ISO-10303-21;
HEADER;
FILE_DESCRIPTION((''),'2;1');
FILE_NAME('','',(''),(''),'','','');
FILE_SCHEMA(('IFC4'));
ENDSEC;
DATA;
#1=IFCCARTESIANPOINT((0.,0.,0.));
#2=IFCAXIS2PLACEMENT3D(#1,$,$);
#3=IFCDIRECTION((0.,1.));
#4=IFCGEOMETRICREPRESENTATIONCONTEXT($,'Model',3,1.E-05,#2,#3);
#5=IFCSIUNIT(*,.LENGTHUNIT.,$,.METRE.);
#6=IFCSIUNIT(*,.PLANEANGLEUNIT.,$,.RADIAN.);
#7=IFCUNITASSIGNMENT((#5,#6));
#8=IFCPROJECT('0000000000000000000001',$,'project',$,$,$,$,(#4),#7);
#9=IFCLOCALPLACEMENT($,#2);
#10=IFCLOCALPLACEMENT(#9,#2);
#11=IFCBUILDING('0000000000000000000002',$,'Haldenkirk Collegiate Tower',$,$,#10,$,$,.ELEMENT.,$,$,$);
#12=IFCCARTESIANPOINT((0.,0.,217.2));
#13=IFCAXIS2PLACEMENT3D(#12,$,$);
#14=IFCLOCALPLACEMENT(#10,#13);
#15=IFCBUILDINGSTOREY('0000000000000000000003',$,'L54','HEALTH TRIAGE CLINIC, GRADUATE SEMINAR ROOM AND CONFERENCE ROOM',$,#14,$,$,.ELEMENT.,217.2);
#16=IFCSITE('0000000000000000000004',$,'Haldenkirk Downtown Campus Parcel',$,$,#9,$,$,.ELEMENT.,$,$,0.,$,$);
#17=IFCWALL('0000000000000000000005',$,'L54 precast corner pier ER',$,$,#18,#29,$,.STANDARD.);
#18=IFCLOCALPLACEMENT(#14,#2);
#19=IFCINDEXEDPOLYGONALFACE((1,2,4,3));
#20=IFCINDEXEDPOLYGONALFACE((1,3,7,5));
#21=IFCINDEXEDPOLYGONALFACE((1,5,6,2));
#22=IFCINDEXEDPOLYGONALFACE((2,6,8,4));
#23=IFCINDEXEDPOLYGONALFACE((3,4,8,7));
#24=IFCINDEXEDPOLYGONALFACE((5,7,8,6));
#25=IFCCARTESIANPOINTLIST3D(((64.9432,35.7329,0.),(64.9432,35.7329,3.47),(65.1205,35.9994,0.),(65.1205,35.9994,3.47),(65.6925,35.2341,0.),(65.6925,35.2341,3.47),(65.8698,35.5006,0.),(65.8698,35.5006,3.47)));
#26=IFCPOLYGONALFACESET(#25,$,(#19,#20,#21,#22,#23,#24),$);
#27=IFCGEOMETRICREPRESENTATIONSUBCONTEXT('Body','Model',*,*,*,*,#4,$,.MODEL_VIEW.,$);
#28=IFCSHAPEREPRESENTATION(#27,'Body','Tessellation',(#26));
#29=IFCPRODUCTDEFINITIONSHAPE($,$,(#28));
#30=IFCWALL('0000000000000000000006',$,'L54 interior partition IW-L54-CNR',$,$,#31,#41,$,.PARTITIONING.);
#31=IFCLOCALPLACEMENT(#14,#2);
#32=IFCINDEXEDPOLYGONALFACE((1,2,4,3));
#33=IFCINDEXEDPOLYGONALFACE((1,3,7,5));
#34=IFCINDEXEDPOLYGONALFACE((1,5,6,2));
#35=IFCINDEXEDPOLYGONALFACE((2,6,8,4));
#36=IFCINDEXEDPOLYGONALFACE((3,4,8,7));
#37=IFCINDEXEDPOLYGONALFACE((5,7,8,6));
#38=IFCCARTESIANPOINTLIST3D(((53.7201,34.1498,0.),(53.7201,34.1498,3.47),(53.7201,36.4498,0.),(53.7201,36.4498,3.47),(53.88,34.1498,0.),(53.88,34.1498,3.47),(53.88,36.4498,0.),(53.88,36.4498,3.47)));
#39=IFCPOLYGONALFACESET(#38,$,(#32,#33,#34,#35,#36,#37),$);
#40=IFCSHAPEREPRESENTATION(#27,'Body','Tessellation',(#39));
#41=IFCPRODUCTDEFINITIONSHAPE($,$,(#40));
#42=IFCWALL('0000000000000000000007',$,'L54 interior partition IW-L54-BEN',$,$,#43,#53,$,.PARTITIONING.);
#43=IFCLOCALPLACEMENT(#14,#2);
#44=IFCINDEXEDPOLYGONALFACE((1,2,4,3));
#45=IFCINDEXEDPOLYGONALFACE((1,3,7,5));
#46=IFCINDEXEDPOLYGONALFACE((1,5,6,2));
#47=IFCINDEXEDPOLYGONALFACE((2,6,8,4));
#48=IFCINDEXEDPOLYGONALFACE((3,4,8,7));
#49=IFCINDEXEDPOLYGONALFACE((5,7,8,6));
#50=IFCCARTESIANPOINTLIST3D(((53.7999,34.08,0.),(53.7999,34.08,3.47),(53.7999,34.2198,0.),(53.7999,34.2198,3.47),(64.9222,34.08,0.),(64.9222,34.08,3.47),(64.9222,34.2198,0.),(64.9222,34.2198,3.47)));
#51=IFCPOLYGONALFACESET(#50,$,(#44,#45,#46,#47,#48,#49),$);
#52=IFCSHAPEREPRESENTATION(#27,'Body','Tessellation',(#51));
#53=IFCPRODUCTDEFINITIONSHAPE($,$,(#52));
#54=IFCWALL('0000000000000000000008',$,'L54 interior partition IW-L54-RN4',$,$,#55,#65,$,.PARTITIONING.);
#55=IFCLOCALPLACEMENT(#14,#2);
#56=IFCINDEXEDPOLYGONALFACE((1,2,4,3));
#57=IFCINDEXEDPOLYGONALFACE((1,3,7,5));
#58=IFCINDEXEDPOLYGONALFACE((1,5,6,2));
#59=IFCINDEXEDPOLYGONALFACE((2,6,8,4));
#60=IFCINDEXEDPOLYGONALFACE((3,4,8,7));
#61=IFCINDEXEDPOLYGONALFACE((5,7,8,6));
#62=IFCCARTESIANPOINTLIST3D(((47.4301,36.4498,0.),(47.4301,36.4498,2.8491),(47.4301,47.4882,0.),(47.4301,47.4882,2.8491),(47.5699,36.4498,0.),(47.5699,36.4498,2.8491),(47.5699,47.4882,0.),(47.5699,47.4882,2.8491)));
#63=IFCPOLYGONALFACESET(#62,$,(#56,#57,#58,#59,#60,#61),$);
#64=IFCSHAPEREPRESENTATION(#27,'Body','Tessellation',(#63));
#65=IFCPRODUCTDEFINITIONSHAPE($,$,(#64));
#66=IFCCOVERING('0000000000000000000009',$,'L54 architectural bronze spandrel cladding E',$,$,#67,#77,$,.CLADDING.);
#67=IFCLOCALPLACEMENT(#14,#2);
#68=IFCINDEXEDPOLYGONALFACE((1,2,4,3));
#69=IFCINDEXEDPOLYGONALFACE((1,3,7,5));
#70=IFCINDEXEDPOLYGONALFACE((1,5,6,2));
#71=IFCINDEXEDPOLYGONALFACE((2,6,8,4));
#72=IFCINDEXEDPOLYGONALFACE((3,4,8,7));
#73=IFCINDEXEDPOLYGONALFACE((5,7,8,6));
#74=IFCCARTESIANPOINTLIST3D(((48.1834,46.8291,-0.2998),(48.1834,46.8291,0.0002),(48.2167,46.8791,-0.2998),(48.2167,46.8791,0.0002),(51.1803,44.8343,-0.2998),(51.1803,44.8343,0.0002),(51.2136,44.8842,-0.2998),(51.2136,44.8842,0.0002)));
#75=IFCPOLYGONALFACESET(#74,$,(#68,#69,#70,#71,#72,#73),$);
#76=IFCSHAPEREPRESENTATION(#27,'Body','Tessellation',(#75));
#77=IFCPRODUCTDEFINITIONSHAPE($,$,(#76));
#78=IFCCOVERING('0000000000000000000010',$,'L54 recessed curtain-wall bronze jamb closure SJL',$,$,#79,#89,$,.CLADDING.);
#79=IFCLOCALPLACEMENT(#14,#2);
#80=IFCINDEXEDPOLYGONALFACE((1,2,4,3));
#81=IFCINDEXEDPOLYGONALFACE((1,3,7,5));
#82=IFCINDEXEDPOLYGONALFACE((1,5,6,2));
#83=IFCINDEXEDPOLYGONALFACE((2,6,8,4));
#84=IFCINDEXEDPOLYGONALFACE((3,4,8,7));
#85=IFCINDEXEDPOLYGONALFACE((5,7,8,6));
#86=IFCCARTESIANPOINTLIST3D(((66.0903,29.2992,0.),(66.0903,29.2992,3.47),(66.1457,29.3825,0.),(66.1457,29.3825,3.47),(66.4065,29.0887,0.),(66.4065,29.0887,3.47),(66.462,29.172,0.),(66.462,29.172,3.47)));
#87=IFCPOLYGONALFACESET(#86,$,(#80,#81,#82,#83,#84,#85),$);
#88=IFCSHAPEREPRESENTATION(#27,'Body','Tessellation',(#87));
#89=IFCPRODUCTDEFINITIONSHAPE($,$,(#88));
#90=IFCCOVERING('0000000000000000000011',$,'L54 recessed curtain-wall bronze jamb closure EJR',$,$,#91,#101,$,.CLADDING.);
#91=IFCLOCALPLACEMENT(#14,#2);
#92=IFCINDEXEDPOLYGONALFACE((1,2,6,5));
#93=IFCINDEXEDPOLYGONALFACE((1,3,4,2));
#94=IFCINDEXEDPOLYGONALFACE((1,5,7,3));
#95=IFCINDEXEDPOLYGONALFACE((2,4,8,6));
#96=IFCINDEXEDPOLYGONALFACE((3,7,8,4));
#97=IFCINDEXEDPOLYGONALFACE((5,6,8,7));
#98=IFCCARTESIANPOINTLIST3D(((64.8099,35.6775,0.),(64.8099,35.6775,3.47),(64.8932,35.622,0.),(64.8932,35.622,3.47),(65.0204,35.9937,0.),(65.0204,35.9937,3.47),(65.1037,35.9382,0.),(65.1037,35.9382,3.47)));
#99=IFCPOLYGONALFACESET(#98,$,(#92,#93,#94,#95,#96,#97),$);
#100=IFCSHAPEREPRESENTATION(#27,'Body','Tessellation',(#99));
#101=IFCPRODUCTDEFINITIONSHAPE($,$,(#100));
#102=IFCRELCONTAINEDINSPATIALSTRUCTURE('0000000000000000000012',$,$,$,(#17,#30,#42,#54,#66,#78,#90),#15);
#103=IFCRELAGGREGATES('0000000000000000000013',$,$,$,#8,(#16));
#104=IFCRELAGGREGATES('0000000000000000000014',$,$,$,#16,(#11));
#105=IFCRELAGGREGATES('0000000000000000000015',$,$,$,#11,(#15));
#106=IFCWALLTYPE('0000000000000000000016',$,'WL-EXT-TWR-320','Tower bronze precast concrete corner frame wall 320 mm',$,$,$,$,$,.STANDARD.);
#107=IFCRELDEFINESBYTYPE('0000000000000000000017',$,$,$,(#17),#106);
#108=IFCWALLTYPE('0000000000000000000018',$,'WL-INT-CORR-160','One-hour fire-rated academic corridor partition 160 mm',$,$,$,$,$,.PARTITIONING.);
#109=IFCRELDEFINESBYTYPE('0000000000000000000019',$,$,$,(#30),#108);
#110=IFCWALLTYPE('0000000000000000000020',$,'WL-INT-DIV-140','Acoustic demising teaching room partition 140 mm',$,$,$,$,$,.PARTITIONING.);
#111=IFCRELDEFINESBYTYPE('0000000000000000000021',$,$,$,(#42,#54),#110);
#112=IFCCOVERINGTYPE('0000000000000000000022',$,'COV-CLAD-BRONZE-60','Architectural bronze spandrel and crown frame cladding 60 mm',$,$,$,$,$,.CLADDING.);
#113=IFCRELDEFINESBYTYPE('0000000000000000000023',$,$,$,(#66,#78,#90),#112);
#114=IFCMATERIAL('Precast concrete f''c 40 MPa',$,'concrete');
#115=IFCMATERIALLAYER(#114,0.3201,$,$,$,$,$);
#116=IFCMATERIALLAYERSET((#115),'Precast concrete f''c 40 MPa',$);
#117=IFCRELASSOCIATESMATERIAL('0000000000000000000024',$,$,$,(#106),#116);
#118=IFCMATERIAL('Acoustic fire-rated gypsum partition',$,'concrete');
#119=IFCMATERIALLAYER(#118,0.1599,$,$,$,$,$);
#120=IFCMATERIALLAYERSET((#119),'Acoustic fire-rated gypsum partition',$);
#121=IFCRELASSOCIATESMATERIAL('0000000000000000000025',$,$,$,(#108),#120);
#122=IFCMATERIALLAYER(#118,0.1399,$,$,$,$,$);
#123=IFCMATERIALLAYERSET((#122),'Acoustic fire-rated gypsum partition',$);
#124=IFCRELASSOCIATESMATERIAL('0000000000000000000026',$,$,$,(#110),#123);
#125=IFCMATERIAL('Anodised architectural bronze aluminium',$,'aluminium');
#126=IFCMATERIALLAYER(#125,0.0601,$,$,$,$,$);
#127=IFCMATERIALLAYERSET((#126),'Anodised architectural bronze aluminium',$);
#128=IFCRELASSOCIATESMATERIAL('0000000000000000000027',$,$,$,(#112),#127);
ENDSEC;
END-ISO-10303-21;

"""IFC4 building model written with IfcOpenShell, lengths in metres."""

from ifc_helpers import new_model, si_unit, direction, frame, frame_2d, origin, origin_2d, place, context, subcontext, project, spatial, rectangle, extrude, source, transform, mapped, material, layer, layer_set, type_object, element, save


model = new_model("IFC4")

# Units and contexts
model_context = context("Model", 3, precision=1e-05, world=origin(), true_north=direction((0.0, 1.0)))
body_context = subcontext(model_context, "Body", "Model", "MODEL_VIEW")
ifc_project = project(units=[si_unit("LENGTHUNIT", "METRE"), si_unit("PLANEANGLEUNIT", "RADIAN")], contexts=[model_context])

# Site, building, storey
site_placement = place(None, origin())
site = spatial("IfcSite", under=ifc_project, at=site_placement, Name="Haldenkirk Downtown Campus Parcel", CompositionType="ELEMENT", RefElevation=0.0)
building_placement = place(site_placement, origin())
building = spatial("IfcBuilding", under=site, at=building_placement, Name="Haldenkirk Collegiate Tower", CompositionType="ELEMENT")
storey_placement = place(building_placement, frame((0.0, 0.0, 217.2)))
storey = spatial("IfcBuildingStorey", under=building, at=storey_placement, Name="L54", Description="HEALTH TRIAGE CLINIC, GRADUATE SEMINAR ROOM AND CONFERENCE ROOM", CompositionType="ELEMENT", Elevation=217.2)

# Shared definitions
ifc_material_1 = material(Name="Anodised architectural bronze aluminium", Category="aluminium")

# Walls
ifc_material_2 = material(Name="Precast concrete f'c 40 MPa", Category="concrete")
ifc_layer_1 = layer(ifc_material_2, 0.3201)
ifc_layer_set_1 = layer_set([ifc_layer_1], Name="Precast concrete f'c 40 MPa")
wall_type_1 = type_object("IfcWallType", Name="WL-EXT-TWR-320", Description="Tower bronze precast concrete corner frame wall 320 mm", PredefinedType="STANDARD", material=ifc_layer_set_1)
wall_1_placement = place(storey_placement, frame((65.0317, 35.8662, 0.0), z_axis=(0.0, 0.0, 1.0), x_axis=(0.832426, -0.554137, 0.0)))
element("IfcWall", 1, at=wall_1_placement, inside=storey, type_object=wall_type_1, Name="L54 precast corner pier ER", PredefinedType="STANDARD", context=body_context, shape_type="SweptSolid", body=[
    extrude(rectangle(XDim=0.9001, YDim=0.3201, at=frame_2d((0.4502, 0.0))), origin(), (0.0, 0.0, 1.0), 3.47),
])
ifc_material_3 = material(Name="Acoustic fire-rated gypsum partition", Category="concrete")
ifc_layer_2 = layer(ifc_material_3, 0.1599)
ifc_layer_set_2 = layer_set([ifc_layer_2], Name="Acoustic fire-rated gypsum partition")
wall_type_2 = type_object("IfcWallType", Name="WL-INT-CORR-160", Description="One-hour fire-rated academic corridor partition 160 mm", PredefinedType="PARTITIONING", material=ifc_layer_set_2)
wall_2_placement = place(storey_placement, frame((53.8, 34.1499, 0.0), z_axis=(0.0, 0.0, 1.0), x_axis=(0.0, 1.0, 0.0)))
element("IfcWall", 2, at=wall_2_placement, inside=storey, type_object=wall_type_2, Name="L54 interior partition IW-L54-CNR", PredefinedType="PARTITIONING", context=body_context, shape_type="SweptSolid", body=[
    extrude(rectangle(XDim=2.3, YDim=0.1599, at=frame_2d((1.1499, 0.0))), origin(), (0.0, 0.0, 1.0), 3.47),
])
ifc_layer_3 = layer(ifc_material_3, 0.1399)
ifc_layer_set_3 = layer_set([ifc_layer_3], Name="Acoustic fire-rated gypsum partition")
wall_type_3 = type_object("IfcWallType", Name="WL-INT-DIV-140", Description="Acoustic demising teaching room partition 140 mm", PredefinedType="PARTITIONING", material=ifc_layer_set_3)
wall_3_placement = place(storey_placement, frame((53.8, 34.1499, 0.0), z_axis=(0.0, 0.0, 1.0), x_axis=(1.0, 0.0, 0.0)))
element("IfcWall", 3, at=wall_3_placement, inside=storey, type_object=wall_type_3, Name="L54 interior partition IW-L54-BEN", PredefinedType="PARTITIONING", context=body_context, shape_type="SweptSolid", body=[
    extrude(rectangle(XDim=11.1223, YDim=0.1399, at=frame_2d((5.561, 0.0))), origin(), (0.0, 0.0, 1.0), 3.47),
])
wall_4_placement = place(storey_placement, frame((47.5, 36.45, 0.0), z_axis=(0.0, 0.0, 1.0), x_axis=(0.0, 1.0, 0.0)))
element("IfcWall", 4, at=wall_4_placement, inside=storey, type_object=wall_type_3, Name="L54 interior partition IW-L54-RN4", PredefinedType="PARTITIONING", context=body_context, shape_type="SweptSolid", body=[
    extrude(rectangle(XDim=11.0383, YDim=0.1399, at=frame_2d((5.519, 0.0))), origin(), (0.0, 0.0, 1.0), 2.8491),
])

# Coverings
ifc_layer_4 = layer(ifc_material_1, 0.0601)
ifc_layer_set_4 = layer_set([ifc_layer_4], Name="Anodised architectural bronze aluminium")
covering_type = type_object("IfcCoveringType", Name="COV-CLAD-BRONZE-60", Description="Architectural bronze spandrel and crown frame cladding 60 mm", PredefinedType="CLADDING", material=ifc_layer_set_4)
shared_shape_1 = source(origin(), body_context, "Body", "SweptSolid", [
    extrude(rectangle(XDim=3.6001, YDim=0.0601, at=origin_2d()), origin(), (0.0, 0.0, 1.0), 0.3),
])
covering_placement = place(storey_placement, frame((49.6985, 45.8567, -0.2998), z_axis=(0.0, 0.0, 1.0), x_axis=(0.832438, -0.554118, 0.0)))
element("IfcCovering", 5, at=covering_placement, inside=storey, type_object=covering_type, Name="L54 architectural bronze spandrel cladding E", PredefinedType="CLADDING", context=body_context, shape_type="MappedRepresentation", body=[
    mapped(shared_shape_1, transform((0.0, 0.0, 0.0), x_axis=(1.0, 0.0, 0.0), y_axis=(0.0, 1.0, 0.0), z_axis=(0.0, 0.0, 1.0), scale=1.0)),
])
shared_shape_2 = source(origin(), body_context, "Body", "SweptSolid", [
    extrude(rectangle(XDim=0.1001, YDim=0.3799, at=origin_2d()), origin(), (0.0, 0.0, 1.0), 3.47),
])
for number, where, z_axis, x_axis, name in (
    (6, (66.2761, 29.2356, 0.0), (0.0, 0.0, 1.0), (-0.554118, -0.832438, 0.0), "L54 recessed curtain-wall bronze jamb closure SJL"),
    (7, (64.9568, 35.8079, 0.0), (0.0, 0.0, 1.0), (0.832438, -0.554118, 0.0), "L54 recessed curtain-wall bronze jamb closure EJR"),
):
    element("IfcCovering", number, at=place(storey_placement, frame(where, z_axis=z_axis, x_axis=x_axis)), inside=storey, type_object=covering_type, Name=name, PredefinedType="CLADDING", context=body_context, shape_type="MappedRepresentation", body=[
        mapped(shared_shape_2, transform((0.0, 0.0, 0.0), x_axis=(1.0, 0.0, 0.0), y_axis=(0.0, 1.0, 0.0), z_axis=(0.0, 0.0, 1.0), scale=1.0)),
    ])

save(model, "model.ifc")
